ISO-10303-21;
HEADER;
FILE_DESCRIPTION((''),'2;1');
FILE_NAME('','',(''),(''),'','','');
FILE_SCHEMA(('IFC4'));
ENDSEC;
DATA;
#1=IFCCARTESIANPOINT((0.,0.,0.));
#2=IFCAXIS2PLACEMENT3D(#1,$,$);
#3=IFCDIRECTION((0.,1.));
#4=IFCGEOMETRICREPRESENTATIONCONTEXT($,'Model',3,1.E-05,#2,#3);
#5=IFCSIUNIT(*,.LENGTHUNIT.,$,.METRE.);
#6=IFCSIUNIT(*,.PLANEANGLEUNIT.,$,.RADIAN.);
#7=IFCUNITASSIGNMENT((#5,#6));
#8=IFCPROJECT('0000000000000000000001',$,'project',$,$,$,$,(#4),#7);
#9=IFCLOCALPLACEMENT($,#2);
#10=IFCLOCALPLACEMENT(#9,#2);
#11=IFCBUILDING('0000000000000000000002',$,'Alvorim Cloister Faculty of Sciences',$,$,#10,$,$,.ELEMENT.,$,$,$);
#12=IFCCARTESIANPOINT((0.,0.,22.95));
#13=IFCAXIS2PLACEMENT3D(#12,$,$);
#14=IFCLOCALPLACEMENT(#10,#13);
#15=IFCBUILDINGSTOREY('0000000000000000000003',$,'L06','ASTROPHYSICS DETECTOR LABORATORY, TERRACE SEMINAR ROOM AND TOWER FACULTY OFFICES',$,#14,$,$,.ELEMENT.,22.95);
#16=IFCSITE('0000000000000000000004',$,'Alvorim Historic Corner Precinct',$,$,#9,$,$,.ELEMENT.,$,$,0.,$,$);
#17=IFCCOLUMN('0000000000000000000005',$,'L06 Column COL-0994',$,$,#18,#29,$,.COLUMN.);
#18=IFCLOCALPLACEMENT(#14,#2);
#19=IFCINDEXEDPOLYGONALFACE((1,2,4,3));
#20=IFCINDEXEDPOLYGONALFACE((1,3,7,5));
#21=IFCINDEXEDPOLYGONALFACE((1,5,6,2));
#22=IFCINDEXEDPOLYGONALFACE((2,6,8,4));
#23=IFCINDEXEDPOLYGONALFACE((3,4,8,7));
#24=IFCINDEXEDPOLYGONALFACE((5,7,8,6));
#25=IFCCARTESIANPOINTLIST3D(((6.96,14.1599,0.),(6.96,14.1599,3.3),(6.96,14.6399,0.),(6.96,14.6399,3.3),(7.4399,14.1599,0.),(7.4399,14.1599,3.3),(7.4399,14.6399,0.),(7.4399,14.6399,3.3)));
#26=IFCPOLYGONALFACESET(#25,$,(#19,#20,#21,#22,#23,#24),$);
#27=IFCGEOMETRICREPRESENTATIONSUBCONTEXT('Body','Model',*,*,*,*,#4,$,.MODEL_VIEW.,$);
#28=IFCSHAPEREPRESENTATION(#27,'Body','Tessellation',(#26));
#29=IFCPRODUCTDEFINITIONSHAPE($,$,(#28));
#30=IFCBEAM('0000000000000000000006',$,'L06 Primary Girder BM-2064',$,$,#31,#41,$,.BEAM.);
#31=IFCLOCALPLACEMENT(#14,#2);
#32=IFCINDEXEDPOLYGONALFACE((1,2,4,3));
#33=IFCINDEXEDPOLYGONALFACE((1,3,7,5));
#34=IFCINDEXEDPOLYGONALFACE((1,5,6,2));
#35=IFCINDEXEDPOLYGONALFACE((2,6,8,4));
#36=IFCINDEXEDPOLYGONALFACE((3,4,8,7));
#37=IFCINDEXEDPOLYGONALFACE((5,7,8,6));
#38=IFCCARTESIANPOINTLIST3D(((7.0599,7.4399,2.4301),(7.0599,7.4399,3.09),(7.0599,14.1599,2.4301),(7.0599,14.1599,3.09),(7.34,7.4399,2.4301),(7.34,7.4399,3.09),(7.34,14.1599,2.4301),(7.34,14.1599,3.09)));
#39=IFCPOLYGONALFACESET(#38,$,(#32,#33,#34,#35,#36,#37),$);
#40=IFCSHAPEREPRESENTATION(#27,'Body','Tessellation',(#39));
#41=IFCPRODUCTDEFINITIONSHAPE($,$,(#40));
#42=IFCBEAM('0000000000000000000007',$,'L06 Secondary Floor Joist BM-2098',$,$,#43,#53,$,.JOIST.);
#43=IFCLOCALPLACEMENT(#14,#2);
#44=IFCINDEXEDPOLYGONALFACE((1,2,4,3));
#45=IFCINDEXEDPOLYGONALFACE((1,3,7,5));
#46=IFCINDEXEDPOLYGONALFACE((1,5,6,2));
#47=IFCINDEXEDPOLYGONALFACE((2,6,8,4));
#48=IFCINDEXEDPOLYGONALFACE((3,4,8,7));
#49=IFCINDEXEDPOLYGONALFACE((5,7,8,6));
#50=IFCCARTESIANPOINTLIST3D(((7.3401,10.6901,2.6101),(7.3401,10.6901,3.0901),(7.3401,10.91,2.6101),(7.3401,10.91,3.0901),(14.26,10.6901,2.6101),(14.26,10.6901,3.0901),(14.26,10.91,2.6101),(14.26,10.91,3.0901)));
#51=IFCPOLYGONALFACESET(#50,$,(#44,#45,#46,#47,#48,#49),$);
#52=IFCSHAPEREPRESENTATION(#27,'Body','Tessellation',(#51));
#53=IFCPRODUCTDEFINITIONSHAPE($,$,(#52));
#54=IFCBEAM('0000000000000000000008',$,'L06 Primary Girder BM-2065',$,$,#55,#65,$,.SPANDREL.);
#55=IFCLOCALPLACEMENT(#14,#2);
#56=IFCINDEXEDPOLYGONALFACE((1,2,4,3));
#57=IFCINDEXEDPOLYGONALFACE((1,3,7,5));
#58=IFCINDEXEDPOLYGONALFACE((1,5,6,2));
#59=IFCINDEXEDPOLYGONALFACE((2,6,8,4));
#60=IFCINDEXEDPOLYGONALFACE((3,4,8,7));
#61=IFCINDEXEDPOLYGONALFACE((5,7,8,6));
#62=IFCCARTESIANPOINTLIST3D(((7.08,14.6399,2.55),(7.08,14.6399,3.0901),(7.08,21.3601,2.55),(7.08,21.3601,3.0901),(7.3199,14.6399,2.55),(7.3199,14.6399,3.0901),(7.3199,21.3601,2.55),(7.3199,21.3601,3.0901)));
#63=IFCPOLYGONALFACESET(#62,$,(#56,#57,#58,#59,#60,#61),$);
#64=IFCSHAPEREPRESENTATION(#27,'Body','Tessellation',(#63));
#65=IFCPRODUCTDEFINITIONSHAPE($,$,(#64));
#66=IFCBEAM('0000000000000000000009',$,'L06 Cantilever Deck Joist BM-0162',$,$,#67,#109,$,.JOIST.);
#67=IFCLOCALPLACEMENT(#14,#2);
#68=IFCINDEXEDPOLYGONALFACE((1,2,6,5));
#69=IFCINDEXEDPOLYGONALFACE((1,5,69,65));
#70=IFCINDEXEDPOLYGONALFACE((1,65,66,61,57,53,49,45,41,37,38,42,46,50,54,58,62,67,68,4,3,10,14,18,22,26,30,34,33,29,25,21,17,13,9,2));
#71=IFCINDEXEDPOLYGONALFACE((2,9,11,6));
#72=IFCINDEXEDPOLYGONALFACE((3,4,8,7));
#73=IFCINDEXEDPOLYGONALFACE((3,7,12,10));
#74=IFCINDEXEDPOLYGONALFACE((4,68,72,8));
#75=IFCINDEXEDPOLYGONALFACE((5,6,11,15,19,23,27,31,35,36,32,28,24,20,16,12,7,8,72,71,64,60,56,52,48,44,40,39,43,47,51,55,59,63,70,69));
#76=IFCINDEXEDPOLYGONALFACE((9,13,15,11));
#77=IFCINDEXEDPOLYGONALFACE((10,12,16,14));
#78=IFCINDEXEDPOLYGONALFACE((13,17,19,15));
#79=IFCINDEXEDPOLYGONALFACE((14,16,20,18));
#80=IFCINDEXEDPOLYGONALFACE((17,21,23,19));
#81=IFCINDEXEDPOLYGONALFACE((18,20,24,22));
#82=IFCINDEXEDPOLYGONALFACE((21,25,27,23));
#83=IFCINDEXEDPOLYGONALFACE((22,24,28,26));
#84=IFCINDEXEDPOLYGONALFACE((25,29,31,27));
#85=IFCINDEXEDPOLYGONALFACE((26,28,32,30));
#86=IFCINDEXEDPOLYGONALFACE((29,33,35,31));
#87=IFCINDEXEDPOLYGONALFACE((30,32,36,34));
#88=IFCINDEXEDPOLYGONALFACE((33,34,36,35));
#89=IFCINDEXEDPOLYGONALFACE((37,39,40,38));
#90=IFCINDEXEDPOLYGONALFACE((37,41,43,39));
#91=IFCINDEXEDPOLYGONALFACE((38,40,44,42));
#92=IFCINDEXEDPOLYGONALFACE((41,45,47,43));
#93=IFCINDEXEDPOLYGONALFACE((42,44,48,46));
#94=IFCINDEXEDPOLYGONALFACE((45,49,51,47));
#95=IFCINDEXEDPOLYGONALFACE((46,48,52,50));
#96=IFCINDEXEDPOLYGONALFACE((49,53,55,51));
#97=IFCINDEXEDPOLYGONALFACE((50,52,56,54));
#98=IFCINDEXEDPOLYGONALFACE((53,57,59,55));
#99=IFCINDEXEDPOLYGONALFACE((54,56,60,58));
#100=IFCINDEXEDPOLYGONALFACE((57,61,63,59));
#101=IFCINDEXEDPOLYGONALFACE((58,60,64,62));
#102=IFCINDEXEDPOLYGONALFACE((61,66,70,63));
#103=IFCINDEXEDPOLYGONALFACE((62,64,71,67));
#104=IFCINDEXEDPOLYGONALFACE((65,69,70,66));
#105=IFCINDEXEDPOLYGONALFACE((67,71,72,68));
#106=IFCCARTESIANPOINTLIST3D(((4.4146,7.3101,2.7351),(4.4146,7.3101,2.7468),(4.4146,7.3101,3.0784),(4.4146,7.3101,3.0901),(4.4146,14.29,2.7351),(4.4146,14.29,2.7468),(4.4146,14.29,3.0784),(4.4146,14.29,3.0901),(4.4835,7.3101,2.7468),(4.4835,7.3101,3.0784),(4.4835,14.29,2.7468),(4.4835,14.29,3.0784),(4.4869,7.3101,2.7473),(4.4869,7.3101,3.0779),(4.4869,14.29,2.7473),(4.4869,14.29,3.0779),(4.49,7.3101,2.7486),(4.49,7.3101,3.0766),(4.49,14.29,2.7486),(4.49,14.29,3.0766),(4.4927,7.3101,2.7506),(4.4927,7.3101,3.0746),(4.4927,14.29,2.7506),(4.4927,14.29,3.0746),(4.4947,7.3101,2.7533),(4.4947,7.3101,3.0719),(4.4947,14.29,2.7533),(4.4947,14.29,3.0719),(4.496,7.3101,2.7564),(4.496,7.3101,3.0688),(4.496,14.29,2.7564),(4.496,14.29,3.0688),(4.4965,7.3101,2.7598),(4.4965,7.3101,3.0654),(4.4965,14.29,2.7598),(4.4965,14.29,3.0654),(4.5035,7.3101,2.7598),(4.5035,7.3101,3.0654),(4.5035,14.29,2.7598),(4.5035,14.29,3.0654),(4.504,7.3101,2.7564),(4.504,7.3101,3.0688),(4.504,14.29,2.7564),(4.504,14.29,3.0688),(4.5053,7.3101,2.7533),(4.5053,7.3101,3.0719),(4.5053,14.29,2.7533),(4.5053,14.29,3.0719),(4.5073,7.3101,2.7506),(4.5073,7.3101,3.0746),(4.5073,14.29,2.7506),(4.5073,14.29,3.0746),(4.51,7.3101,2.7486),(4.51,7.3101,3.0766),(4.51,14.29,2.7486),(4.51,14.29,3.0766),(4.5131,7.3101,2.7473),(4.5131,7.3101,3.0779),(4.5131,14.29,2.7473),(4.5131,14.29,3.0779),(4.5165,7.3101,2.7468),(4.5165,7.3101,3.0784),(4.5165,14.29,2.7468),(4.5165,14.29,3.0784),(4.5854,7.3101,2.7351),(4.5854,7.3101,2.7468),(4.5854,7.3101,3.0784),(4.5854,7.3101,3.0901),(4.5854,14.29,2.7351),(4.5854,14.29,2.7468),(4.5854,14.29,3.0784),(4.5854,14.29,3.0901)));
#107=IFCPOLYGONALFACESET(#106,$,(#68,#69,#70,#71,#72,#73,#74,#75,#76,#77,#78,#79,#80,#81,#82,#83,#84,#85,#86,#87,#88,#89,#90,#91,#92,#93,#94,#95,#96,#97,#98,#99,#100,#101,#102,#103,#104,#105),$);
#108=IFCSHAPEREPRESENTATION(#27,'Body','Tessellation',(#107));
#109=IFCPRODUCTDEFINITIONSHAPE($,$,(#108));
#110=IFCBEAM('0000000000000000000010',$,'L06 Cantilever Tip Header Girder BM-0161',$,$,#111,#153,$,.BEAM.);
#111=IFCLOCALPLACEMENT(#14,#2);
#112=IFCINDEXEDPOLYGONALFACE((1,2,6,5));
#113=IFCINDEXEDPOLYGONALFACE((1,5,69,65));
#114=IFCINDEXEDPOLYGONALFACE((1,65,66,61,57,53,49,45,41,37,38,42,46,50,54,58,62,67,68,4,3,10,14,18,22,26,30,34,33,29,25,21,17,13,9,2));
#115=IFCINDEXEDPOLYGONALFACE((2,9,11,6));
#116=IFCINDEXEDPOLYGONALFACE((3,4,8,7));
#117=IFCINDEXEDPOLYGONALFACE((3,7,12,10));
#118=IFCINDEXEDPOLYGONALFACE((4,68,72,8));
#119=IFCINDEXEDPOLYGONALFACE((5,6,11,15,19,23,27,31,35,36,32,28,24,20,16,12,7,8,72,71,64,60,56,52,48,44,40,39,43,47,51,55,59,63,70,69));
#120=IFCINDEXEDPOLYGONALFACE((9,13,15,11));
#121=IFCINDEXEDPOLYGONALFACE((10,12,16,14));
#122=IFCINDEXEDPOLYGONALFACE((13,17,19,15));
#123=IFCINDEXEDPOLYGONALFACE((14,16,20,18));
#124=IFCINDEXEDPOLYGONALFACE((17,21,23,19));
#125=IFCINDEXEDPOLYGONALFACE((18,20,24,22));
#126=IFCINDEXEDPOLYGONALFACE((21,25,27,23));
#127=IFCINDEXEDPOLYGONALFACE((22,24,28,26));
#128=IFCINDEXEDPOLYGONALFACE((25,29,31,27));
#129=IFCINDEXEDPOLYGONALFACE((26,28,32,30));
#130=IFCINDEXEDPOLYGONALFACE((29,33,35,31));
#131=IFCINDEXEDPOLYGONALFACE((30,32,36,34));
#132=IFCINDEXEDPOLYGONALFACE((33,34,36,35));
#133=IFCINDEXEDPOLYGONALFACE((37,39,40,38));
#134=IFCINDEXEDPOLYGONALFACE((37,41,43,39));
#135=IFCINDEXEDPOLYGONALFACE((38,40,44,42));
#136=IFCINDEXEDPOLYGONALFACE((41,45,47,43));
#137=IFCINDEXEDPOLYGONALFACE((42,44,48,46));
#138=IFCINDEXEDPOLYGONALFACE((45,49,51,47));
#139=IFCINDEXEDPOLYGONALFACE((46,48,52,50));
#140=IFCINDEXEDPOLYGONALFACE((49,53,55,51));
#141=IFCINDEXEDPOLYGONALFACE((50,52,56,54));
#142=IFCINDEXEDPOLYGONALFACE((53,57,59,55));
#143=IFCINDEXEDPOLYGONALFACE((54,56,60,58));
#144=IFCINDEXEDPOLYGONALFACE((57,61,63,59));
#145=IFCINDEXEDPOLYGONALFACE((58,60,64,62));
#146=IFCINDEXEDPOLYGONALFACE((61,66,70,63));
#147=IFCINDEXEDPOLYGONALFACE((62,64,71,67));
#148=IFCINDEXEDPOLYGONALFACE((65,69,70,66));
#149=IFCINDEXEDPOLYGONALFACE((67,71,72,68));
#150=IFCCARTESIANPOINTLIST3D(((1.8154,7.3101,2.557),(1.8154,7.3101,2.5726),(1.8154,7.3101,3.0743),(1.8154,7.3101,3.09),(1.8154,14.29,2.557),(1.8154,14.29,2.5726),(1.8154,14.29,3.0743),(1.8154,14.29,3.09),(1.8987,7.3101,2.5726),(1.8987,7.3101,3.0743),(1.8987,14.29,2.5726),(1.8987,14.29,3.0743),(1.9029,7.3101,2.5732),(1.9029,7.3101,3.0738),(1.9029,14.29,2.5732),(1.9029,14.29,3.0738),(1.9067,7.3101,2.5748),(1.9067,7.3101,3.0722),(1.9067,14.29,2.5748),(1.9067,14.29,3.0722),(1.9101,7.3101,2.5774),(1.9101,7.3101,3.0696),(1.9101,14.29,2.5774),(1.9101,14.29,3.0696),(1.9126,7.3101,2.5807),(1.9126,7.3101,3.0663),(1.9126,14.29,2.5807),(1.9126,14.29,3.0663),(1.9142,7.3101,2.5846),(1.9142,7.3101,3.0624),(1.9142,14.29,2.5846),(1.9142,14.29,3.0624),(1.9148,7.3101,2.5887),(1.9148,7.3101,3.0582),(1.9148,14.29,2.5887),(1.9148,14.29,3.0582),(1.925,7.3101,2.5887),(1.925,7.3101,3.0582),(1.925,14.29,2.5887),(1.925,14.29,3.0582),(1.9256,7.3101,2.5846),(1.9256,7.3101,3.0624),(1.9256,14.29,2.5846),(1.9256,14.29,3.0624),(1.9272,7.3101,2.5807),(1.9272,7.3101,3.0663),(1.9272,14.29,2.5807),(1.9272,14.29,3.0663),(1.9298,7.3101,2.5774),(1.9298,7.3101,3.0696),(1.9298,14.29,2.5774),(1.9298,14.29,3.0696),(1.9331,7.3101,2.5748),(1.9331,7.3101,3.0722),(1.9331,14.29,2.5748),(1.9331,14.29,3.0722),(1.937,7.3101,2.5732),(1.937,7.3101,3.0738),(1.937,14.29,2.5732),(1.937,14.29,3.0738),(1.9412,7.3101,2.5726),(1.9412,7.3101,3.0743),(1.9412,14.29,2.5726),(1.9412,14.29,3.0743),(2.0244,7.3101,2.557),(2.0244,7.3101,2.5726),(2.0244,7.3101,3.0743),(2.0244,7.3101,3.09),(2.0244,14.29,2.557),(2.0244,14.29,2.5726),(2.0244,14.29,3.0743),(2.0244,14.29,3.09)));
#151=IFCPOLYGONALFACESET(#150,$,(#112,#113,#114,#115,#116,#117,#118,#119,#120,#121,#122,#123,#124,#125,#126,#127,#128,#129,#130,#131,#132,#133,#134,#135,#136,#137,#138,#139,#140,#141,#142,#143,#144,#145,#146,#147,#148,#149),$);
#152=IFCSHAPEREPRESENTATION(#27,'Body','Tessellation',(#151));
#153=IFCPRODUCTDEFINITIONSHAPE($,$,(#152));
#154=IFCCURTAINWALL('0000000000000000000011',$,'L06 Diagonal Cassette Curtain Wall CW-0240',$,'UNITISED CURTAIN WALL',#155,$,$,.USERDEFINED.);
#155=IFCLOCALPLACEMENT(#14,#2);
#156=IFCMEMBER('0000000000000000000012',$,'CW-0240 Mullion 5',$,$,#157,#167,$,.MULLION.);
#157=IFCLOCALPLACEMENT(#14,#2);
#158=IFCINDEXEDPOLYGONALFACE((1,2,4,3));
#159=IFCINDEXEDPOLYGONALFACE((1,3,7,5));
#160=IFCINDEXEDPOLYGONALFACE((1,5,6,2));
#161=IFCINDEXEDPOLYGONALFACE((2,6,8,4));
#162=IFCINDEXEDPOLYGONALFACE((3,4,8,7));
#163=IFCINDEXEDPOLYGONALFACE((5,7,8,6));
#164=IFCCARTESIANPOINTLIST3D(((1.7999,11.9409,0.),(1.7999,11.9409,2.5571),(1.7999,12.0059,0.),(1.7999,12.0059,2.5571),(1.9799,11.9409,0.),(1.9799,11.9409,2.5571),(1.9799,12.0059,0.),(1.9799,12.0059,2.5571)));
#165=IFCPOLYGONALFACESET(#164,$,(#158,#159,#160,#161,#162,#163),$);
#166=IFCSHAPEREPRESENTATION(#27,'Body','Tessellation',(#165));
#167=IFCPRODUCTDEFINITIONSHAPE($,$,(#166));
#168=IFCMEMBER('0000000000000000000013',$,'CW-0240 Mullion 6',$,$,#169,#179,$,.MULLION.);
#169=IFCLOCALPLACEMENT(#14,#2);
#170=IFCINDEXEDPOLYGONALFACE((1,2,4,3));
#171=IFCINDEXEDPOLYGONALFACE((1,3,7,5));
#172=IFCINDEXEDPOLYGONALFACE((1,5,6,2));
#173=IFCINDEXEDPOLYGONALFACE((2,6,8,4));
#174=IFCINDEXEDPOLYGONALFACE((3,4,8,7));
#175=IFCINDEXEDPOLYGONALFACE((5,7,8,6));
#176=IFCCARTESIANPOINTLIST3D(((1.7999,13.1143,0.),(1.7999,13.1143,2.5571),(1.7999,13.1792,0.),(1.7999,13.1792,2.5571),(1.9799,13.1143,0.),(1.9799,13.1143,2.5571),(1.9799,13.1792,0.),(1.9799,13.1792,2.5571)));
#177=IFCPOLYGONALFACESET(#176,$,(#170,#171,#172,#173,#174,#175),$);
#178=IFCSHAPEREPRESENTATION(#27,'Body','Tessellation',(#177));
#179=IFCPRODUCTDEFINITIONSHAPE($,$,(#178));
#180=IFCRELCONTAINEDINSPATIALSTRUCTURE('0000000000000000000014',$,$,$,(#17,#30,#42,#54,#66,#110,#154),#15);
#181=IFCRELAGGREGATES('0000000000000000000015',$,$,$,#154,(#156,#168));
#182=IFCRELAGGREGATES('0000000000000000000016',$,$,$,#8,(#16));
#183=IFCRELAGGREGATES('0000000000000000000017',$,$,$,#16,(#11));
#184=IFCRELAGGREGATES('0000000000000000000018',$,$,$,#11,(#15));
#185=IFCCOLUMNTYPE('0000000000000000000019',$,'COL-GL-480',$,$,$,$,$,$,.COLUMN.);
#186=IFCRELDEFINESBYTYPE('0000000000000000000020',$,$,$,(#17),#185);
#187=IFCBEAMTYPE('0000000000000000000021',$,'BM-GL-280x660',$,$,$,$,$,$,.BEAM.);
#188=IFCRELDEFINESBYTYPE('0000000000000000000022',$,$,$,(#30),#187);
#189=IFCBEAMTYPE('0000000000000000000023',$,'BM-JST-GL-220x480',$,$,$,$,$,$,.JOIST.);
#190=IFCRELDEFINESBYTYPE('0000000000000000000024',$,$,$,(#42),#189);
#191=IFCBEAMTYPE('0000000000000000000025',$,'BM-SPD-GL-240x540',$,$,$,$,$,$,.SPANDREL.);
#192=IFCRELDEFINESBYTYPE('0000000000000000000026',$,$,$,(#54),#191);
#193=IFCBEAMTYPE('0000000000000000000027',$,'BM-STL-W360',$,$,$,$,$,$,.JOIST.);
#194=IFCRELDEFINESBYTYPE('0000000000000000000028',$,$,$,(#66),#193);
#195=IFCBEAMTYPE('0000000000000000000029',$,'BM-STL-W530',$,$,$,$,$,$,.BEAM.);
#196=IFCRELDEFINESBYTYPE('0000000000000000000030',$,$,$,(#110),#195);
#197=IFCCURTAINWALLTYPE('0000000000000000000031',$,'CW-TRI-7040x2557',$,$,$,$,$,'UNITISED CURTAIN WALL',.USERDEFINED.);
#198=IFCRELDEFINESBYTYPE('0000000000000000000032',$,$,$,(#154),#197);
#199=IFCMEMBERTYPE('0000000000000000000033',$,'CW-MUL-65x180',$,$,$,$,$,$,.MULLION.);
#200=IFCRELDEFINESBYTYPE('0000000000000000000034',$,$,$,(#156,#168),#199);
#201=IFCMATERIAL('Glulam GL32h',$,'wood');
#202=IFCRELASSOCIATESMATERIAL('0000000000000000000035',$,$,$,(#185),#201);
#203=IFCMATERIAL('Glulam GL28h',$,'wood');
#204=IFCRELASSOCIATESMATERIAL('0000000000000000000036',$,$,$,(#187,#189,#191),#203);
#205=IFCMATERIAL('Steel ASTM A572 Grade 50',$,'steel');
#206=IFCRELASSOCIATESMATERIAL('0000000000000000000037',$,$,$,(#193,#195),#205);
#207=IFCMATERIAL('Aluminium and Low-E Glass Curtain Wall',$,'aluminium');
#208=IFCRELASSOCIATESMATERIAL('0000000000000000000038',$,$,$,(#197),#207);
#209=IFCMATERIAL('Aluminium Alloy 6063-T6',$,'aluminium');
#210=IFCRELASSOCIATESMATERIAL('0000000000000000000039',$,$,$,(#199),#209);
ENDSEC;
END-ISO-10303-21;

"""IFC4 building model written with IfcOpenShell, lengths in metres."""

from ifc_helpers import new_model, si_unit, direction, frame, origin, origin_2d, place, context, subcontext, project, spatial, rectangle, i_section, extrude, material, material_profile, profile_set, type_object, element, aggregate, save


model = new_model("IFC4")

# Units and contexts
model_context = context("Model", 3, precision=1e-05, world=origin(), true_north=direction((0.0, 1.0)))
body_context = subcontext(model_context, "Body", "Model", "MODEL_VIEW")
ifc_project = project(units=[si_unit("LENGTHUNIT", "METRE"), si_unit("PLANEANGLEUNIT", "RADIAN")], contexts=[model_context])

# Site, building, storey
site_placement = place(None, origin())
site = spatial("IfcSite", under=ifc_project, at=site_placement, Name="Alvorim Historic Corner Precinct", CompositionType="ELEMENT", RefElevation=0.0)
building_placement = place(site_placement, origin())
building = spatial("IfcBuilding", under=site, at=building_placement, Name="Alvorim Cloister Faculty of Sciences", CompositionType="ELEMENT")
storey_placement = place(building_placement, frame((0.0, 0.0, 22.95)))
storey = spatial("IfcBuildingStorey", under=building, at=storey_placement, Name="L06", Description="ASTROPHYSICS DETECTOR LABORATORY, TERRACE SEMINAR ROOM AND TOWER FACULTY OFFICES", CompositionType="ELEMENT", Elevation=22.95)

# Column
ifc_material_1 = material(Name="Glulam GL32h", Category="wood")
ifc_material_profile_1 = material_profile(ifc_material_1, rectangle(XDim=0.48, YDim=0.48, at=origin_2d()), Name="GL32-COL-480x480")
ifc_profile_set_1 = profile_set([ifc_material_profile_1], Name="Glulam GL32h")
column_type = type_object("IfcColumnType", Name="COL-GL-480", PredefinedType="COLUMN", material=ifc_profile_set_1)
column_placement = place(storey_placement, frame((7.2, 14.3999, 0.0), z_axis=(0.0, 0.0, 1.0), x_axis=(1.0, 0.0, 0.0)))
element("IfcColumn", 1, at=column_placement, inside=storey, type_object=column_type, Name="L06 Column COL-0994", PredefinedType="COLUMN", context=body_context, shape_type="SweptSolid", body=[
    extrude(rectangle(XDim=0.48, YDim=0.48, at=origin_2d()), origin(), (0.0, 0.0, 1.0), 3.3),
])

# Beams
ifc_material_2 = material(Name="Glulam GL28h", Category="wood")
ifc_material_profile_2 = material_profile(ifc_material_2, rectangle(XDim=0.28, YDim=0.6599, at=origin_2d()), Name="GL28-BM-280x660")
ifc_profile_set_2 = profile_set([ifc_material_profile_2], Name="Glulam GL28h")
beam_type_1 = type_object("IfcBeamType", Name="BM-GL-280x660", PredefinedType="BEAM", material=ifc_profile_set_2)
beam_1_placement = place(storey_placement, frame((7.2, 7.4399, 2.76), z_axis=(0.0, 1.0, 0.0), x_axis=(-1.0, 0.0, 0.0)))
element("IfcBeam", 2, at=beam_1_placement, inside=storey, type_object=beam_type_1, Name="L06 Primary Girder BM-2064", PredefinedType="BEAM", context=body_context, shape_type="SweptSolid", body=[
    extrude(rectangle(XDim=0.28, YDim=0.6599, at=origin_2d()), origin(), (0.0, 0.0, 1.0), 6.72),
])
ifc_material_profile_3 = material_profile(ifc_material_2, rectangle(XDim=0.22, YDim=0.48, at=origin_2d()), Name="GL28-JST-220x480")
ifc_profile_set_3 = profile_set([ifc_material_profile_3], Name="Glulam GL28h")
beam_type_2 = type_object("IfcBeamType", Name="BM-JST-GL-220x480", PredefinedType="JOIST", material=ifc_profile_set_3)
beam_2_placement = place(storey_placement, frame((7.3401, 10.8, 2.8501), z_axis=(1.0, 0.0, 0.0), x_axis=(0.0, 1.0, 0.0)))
element("IfcBeam", 3, at=beam_2_placement, inside=storey, type_object=beam_type_2, Name="L06 Secondary Floor Joist BM-2098", PredefinedType="JOIST", context=body_context, shape_type="SweptSolid", body=[
    extrude(rectangle(XDim=0.22, YDim=0.48, at=origin_2d()), origin(), (0.0, 0.0, 1.0), 6.9199),
])
ifc_material_profile_4 = material_profile(ifc_material_2, rectangle(XDim=0.24, YDim=0.54, at=origin_2d()), Name="GL28-SPD-240x540")
ifc_profile_set_4 = profile_set([ifc_material_profile_4], Name="Glulam GL28h")
beam_type_3 = type_object("IfcBeamType", Name="BM-SPD-GL-240x540", PredefinedType="SPANDREL", material=ifc_profile_set_4)
beam_3_placement = place(storey_placement, frame((7.2, 14.6399, 2.8201), z_axis=(0.0, 1.0, 0.0), x_axis=(-1.0, 0.0, 0.0)))
element("IfcBeam", 4, at=beam_3_placement, inside=storey, type_object=beam_type_3, Name="L06 Primary Girder BM-2065", PredefinedType="SPANDREL", context=body_context, shape_type="SweptSolid", body=[
    extrude(rectangle(XDim=0.24, YDim=0.54, at=origin_2d()), origin(), (0.0, 0.0, 1.0), 6.7202),
])
ifc_material_3 = material(Name="Steel ASTM A572 Grade 50", Category="steel")
ifc_material_profile_5 = material_profile(ifc_material_3, i_section(OverallWidth=0.1709, OverallDepth=0.355, WebThickness=0.0071, FlangeThickness=0.0117, FilletRadius=0.0129, at=origin_2d()), Name="W360x51.0")
ifc_profile_set_5 = profile_set([ifc_material_profile_5], Name="Steel ASTM A572 Grade 50")
beam_type_4 = type_object("IfcBeamType", Name="BM-STL-W360", PredefinedType="JOIST", material=ifc_profile_set_5)
beam_4_placement = place(storey_placement, frame((4.5, 7.3101, 2.9126), z_axis=(0.0, 1.0, 0.0), x_axis=(-1.0, 0.0, 0.0)))
element("IfcBeam", 5, at=beam_4_placement, inside=storey, type_object=beam_type_4, Name="L06 Cantilever Deck Joist BM-0162", PredefinedType="JOIST", context=body_context, shape_type="SweptSolid", body=[
    extrude(i_section(OverallWidth=0.1709, OverallDepth=0.355, WebThickness=0.0071, FlangeThickness=0.0117, FilletRadius=0.0129, at=origin_2d()), origin(), (0.0, 0.0, 1.0), 6.98),
])
ifc_material_profile_6 = material_profile(ifc_material_3, i_section(OverallWidth=0.209, OverallDepth=0.533, WebThickness=0.0103, FlangeThickness=0.0156, FilletRadius=0.0161, at=origin_2d()), Name="W530x92.0")
ifc_profile_set_6 = profile_set([ifc_material_profile_6], Name="Steel ASTM A572 Grade 50")
beam_type_5 = type_object("IfcBeamType", Name="BM-STL-W530", PredefinedType="BEAM", material=ifc_profile_set_6)
beam_5_placement = place(storey_placement, frame((1.9199, 7.3101, 2.8235), z_axis=(0.0, 1.0, 0.0), x_axis=(-1.0, 0.0, 0.0)))
element("IfcBeam", 6, at=beam_5_placement, inside=storey, type_object=beam_type_5, Name="L06 Cantilever Tip Header Girder BM-0161", PredefinedType="BEAM", context=body_context, shape_type="SweptSolid", body=[
    extrude(i_section(OverallWidth=0.209, OverallDepth=0.533, WebThickness=0.0103, FlangeThickness=0.0156, FilletRadius=0.0161, at=origin_2d()), origin(), (0.0, 0.0, 1.0), 6.98),
])

# Curtain wall, members
ifc_material_4 = material(Name="Aluminium and Low-E Glass Curtain Wall", Category="aluminium")
curtain_wall_type = type_object("IfcCurtainWallType", Name="CW-TRI-7040x2557", ElementType="UNITISED CURTAIN WALL", PredefinedType="USERDEFINED", material=ifc_material_4)
curtain_wall_placement = place(storey_placement, origin())
curtain_wall = element("IfcCurtainWall", 7, at=curtain_wall_placement, inside=storey, type_object=curtain_wall_type, Name="L06 Diagonal Cassette Curtain Wall CW-0240", ObjectType="UNITISED CURTAIN WALL", PredefinedType="USERDEFINED")
ifc_material_5 = material(Name="Aluminium Alloy 6063-T6", Category="aluminium")
ifc_material_profile_7 = material_profile(ifc_material_5, rectangle(XDim=0.0649, YDim=0.1799, at=origin_2d()), Name="ALU-MUL-65x180")
ifc_profile_set_7 = profile_set([ifc_material_profile_7], Name="Aluminium Alloy 6063-T6")
member_type_1 = type_object("IfcMemberType", Name="CW-MUL-65x180", PredefinedType="MULLION", material=ifc_profile_set_7)
member_1_placement = place(storey_placement, frame((1.8899, 11.9734, 0.0), z_axis=(0.0, 0.0, 1.0), x_axis=(0.0, 1.0, 0.0)))
member_1 = element("IfcMember", 8, at=member_1_placement, type_object=member_type_1, Name="CW-0240 Mullion 5", PredefinedType="MULLION", context=body_context, shape_type="SweptSolid", body=[
    extrude(rectangle(XDim=0.0649, YDim=0.1799, at=origin_2d()), origin(), (0.0, 0.0, 1.0), 2.5571),
])
member_2_placement = place(storey_placement, frame((1.8899, 13.1467, 0.0), z_axis=(0.0, 0.0, 1.0), x_axis=(0.0, 1.0, 0.0)))
member_2 = element("IfcMember", 9, at=member_2_placement, type_object=member_type_1, Name="CW-0240 Mullion 6", PredefinedType="MULLION", context=body_context, shape_type="SweptSolid", body=[
    extrude(rectangle(XDim=0.0649, YDim=0.1799, at=origin_2d()), origin(), (0.0, 0.0, 1.0), 2.5571),
])
aggregate(curtain_wall, [member_1, member_2])

save(model, "model.ifc")
